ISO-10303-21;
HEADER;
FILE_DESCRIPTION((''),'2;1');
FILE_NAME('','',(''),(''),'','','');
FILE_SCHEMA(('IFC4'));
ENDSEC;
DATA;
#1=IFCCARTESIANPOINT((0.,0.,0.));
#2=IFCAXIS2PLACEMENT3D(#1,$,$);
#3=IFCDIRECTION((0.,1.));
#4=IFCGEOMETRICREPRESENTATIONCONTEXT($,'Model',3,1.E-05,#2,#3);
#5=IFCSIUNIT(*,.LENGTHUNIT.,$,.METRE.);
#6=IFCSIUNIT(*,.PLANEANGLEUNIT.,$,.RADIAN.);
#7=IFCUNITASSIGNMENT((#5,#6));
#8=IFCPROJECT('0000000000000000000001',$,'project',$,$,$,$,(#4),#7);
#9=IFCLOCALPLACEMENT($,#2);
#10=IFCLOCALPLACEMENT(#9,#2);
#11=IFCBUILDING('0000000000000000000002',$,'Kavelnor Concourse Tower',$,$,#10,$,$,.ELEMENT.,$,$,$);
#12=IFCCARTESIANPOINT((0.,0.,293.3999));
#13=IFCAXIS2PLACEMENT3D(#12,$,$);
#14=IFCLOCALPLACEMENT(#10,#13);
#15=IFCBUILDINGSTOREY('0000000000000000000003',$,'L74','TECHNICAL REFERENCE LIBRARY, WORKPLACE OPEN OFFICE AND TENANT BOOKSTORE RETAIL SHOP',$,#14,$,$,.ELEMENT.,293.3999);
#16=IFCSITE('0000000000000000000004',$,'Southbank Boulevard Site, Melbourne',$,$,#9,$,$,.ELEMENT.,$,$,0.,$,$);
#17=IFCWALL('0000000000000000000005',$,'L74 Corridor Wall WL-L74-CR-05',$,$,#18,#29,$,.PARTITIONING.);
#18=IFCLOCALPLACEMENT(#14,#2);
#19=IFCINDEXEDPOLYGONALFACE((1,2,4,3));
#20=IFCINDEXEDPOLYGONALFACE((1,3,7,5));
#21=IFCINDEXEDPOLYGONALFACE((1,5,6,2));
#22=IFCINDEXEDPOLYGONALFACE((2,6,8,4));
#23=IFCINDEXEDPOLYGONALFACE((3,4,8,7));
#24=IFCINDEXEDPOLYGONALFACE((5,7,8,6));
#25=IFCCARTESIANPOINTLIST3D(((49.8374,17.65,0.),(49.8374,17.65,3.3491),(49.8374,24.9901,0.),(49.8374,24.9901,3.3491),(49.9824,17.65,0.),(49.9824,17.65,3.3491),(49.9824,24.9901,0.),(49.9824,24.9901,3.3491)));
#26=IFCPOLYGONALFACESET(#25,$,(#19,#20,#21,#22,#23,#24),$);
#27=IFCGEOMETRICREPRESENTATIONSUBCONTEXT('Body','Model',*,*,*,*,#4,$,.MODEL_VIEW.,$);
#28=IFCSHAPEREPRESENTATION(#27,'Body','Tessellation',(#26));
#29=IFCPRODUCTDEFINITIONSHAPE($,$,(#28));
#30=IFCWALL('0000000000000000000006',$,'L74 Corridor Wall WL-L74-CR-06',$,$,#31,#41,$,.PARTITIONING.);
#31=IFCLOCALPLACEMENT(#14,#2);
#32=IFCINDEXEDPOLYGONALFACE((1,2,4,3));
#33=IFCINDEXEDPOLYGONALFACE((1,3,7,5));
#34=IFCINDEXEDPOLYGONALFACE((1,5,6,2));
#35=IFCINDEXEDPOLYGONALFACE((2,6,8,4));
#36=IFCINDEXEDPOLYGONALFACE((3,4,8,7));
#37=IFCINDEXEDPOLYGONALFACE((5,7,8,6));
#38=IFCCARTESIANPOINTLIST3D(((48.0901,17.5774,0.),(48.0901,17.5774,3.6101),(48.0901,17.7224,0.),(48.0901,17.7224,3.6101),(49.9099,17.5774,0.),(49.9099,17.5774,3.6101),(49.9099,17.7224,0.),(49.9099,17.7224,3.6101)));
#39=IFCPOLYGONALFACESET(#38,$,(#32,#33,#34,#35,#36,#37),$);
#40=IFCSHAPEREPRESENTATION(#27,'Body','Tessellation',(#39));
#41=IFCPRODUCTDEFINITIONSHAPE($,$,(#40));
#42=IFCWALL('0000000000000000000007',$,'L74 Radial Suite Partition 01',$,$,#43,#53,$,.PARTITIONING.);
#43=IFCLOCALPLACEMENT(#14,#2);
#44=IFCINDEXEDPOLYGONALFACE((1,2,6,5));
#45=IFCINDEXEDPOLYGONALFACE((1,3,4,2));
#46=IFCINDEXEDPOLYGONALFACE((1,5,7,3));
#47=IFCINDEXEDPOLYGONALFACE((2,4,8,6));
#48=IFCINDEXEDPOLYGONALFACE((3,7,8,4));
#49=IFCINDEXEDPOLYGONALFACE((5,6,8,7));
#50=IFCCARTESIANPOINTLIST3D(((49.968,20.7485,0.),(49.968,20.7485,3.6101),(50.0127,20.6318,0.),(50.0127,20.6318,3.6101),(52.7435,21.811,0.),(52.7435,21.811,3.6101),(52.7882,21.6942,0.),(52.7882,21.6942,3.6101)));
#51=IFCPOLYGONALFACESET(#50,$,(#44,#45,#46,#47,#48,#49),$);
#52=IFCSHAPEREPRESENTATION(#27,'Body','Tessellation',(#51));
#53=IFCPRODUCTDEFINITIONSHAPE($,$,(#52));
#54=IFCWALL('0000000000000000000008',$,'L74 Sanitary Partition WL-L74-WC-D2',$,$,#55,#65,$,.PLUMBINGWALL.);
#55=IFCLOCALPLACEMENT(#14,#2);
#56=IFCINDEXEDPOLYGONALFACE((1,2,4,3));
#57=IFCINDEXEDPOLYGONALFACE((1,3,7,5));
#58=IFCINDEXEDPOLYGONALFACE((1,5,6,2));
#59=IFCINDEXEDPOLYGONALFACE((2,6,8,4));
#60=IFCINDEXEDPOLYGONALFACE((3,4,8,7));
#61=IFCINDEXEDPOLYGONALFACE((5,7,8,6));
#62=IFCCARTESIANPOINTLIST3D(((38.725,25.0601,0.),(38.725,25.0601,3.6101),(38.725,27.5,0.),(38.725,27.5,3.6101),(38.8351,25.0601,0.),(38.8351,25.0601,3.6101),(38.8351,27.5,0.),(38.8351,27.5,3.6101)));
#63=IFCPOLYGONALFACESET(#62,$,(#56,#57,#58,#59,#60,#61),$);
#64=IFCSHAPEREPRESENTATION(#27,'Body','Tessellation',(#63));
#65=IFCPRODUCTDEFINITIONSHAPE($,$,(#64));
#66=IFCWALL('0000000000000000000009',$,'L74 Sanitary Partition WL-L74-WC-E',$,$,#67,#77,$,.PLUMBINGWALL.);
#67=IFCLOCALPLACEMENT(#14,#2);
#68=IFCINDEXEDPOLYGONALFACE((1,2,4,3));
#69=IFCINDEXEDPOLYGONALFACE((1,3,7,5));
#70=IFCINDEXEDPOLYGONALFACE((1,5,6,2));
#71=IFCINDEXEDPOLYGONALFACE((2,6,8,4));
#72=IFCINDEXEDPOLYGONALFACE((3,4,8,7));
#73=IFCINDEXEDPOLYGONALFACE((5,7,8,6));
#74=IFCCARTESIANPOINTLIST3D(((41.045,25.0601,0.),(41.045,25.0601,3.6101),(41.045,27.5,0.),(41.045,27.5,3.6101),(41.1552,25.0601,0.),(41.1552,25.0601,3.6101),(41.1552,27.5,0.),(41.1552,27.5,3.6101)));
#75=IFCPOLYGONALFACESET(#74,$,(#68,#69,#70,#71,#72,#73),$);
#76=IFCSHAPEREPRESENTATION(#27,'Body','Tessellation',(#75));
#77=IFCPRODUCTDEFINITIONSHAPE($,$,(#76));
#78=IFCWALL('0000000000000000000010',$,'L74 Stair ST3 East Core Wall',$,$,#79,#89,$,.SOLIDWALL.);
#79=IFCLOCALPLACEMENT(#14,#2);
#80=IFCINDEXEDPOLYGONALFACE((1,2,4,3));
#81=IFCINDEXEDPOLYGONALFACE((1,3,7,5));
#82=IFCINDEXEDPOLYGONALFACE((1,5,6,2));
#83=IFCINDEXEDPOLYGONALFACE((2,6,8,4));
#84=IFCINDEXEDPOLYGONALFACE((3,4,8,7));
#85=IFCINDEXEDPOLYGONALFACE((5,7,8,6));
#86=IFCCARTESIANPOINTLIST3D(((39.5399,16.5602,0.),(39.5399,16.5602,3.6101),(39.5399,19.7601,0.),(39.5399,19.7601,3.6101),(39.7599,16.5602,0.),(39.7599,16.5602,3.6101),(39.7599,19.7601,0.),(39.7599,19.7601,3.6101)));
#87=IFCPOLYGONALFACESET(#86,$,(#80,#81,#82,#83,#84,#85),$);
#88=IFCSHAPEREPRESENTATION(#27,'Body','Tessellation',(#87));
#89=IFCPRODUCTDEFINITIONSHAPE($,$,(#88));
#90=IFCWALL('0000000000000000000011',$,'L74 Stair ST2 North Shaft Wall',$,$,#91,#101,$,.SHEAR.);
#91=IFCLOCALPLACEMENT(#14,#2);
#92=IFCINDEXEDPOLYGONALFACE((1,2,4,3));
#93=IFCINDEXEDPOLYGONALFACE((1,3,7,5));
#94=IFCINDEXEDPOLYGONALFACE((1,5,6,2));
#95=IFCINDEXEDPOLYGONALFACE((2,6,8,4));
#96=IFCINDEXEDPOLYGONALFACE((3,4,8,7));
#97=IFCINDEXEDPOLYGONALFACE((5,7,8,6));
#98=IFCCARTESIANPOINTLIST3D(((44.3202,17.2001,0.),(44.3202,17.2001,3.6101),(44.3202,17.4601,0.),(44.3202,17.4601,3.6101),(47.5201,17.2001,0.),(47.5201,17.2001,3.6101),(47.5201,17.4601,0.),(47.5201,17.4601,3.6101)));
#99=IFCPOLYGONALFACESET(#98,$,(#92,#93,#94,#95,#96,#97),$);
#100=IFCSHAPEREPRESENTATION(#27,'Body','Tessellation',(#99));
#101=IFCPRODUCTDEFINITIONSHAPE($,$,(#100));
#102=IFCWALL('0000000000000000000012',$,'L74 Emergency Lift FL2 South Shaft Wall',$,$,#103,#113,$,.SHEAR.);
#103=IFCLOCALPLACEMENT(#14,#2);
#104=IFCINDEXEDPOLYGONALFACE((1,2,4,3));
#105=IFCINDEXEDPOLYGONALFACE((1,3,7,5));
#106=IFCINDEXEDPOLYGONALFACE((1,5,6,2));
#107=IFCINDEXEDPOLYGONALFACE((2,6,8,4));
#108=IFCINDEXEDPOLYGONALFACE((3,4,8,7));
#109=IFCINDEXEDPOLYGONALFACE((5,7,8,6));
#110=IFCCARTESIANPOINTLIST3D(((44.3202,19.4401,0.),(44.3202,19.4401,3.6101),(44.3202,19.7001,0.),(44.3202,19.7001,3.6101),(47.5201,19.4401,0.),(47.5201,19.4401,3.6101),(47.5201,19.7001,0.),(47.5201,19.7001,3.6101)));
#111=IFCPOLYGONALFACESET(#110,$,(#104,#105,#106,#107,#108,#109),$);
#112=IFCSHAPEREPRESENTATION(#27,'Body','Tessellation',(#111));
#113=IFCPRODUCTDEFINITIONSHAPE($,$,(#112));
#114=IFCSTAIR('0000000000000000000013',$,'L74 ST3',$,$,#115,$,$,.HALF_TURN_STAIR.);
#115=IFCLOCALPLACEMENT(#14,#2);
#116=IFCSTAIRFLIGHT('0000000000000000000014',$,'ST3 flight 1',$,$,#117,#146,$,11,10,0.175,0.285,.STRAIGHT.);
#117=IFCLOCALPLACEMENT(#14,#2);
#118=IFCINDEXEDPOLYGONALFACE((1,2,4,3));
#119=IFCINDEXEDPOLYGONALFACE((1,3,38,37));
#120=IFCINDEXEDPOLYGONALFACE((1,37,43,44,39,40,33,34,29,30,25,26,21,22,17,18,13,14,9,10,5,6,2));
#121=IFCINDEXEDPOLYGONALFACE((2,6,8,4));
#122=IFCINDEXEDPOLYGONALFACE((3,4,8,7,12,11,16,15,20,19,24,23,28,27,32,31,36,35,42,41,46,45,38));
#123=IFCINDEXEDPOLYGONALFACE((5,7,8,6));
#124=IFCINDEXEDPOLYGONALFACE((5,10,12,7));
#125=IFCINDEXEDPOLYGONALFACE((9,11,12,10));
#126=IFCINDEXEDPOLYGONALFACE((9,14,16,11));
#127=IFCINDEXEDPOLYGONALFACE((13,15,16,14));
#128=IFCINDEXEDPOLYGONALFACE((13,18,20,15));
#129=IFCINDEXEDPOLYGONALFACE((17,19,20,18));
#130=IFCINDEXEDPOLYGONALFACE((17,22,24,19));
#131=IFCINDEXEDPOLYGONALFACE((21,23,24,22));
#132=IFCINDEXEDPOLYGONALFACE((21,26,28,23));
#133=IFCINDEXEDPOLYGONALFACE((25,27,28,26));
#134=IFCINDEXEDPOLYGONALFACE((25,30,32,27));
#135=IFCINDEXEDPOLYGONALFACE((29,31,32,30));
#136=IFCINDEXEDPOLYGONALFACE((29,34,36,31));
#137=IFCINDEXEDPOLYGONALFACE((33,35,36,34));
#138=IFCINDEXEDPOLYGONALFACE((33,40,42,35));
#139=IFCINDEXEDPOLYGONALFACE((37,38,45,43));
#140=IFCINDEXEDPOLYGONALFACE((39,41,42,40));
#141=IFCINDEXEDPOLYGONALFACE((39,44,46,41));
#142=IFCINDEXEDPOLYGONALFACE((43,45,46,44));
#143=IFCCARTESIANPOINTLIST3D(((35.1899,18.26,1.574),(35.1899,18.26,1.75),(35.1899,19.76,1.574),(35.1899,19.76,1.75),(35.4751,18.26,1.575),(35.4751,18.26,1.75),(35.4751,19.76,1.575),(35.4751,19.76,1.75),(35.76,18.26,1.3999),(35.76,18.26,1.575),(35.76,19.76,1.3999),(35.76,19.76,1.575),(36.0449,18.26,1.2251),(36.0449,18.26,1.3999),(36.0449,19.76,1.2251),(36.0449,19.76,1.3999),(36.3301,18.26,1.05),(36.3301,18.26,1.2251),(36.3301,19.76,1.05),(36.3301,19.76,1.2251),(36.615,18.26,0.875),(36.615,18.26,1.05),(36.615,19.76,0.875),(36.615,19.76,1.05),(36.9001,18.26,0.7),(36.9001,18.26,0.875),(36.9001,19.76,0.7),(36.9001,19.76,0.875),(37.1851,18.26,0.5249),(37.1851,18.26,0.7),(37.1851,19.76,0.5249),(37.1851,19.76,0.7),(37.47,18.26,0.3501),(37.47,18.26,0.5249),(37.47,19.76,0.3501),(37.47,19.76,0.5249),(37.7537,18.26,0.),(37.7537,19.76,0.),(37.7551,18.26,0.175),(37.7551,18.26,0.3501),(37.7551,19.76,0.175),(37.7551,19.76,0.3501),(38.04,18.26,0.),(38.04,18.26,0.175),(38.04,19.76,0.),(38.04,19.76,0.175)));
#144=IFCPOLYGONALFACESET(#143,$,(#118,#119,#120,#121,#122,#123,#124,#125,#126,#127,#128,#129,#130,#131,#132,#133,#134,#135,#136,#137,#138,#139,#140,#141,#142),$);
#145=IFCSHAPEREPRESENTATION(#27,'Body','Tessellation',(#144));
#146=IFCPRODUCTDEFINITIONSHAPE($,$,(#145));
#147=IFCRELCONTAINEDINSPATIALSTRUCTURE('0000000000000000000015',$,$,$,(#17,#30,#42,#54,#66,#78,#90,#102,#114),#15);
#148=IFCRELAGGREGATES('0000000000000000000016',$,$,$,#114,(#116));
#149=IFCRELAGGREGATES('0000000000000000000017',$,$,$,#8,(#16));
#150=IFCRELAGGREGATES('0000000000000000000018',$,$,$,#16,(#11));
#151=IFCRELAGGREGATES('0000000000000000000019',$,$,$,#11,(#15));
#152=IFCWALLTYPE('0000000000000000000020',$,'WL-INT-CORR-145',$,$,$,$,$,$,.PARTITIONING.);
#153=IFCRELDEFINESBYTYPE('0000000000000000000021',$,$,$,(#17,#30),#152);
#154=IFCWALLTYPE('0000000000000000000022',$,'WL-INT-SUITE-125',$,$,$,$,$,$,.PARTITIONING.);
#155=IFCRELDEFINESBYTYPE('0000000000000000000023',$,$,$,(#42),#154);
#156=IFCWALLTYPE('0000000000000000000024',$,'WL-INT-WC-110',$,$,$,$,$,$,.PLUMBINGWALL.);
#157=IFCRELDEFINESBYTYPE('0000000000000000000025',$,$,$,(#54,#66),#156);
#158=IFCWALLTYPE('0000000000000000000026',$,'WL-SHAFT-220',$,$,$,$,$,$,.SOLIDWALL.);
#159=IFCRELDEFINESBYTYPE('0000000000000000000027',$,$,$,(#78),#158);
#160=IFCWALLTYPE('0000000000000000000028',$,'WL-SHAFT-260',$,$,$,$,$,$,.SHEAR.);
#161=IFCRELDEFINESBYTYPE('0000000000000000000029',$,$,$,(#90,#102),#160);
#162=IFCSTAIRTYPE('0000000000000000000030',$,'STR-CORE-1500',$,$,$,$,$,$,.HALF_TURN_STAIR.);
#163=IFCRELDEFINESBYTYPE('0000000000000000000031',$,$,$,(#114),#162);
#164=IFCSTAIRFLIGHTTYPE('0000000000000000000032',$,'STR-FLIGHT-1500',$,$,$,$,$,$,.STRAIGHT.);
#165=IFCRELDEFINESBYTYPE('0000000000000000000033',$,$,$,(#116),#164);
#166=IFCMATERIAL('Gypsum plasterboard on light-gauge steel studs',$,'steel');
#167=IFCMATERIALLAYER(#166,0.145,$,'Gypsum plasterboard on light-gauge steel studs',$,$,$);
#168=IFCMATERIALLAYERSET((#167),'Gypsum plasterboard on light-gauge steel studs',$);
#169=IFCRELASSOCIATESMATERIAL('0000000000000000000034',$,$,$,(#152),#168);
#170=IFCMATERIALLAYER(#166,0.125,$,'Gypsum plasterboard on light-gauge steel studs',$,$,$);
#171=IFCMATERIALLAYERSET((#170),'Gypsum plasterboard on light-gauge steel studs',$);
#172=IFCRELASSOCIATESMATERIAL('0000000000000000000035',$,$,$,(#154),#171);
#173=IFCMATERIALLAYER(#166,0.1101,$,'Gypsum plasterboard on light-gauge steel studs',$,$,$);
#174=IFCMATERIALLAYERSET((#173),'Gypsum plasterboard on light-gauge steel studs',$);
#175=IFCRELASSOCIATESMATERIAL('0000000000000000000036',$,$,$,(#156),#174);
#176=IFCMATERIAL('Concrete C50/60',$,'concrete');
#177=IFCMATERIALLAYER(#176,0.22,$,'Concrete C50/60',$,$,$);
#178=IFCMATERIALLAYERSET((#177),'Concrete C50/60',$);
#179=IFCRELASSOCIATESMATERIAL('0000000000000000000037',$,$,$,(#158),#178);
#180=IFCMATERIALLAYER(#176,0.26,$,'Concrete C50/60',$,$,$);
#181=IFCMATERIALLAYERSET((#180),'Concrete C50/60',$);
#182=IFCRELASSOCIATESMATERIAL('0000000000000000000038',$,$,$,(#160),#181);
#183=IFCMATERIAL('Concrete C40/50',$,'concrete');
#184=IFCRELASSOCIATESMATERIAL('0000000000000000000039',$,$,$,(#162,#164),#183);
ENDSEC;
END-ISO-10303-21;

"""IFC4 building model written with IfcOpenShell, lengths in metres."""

from ifc_helpers import new_model, si_unit, direction, frame, frame_2d, origin, place, context, subcontext, project, spatial, polyline, rectangle, outline, extrude, material, layer, layer_set, type_object, element, aggregate, save


model = new_model("IFC4")

# Units and contexts
model_context = context("Model", 3, precision=1e-05, world=origin(), true_north=direction((0.0, 1.0)))
body_context = subcontext(model_context, "Body", "Model", "MODEL_VIEW")
ifc_project = project(units=[si_unit("LENGTHUNIT", "METRE"), si_unit("PLANEANGLEUNIT", "RADIAN")], contexts=[model_context])

# Site, building, storey
site_placement = place(None, origin())
site = spatial("IfcSite", under=ifc_project, at=site_placement, Name="Southbank Boulevard Site, Melbourne", CompositionType="ELEMENT", RefElevation=0.0)
building_placement = place(site_placement, origin())
building = spatial("IfcBuilding", under=site, at=building_placement, Name="Kavelnor Concourse Tower", CompositionType="ELEMENT")
storey_placement = place(building_placement, frame((0.0, 0.0, 293.3999)))
storey = spatial("IfcBuildingStorey", under=building, at=storey_placement, Name="L74", Description="TECHNICAL REFERENCE LIBRARY, WORKPLACE OPEN OFFICE AND TENANT BOOKSTORE RETAIL SHOP", CompositionType="ELEMENT", Elevation=293.3999)

# Shared definitions
ifc_material_1 = material(Name="Gypsum plasterboard on light-gauge steel studs", Category="steel")
ifc_layer_1 = layer(ifc_material_1, 0.145, Name="Gypsum plasterboard on light-gauge steel studs")
ifc_layer_set_1 = layer_set([ifc_layer_1], Name="Gypsum plasterboard on light-gauge steel studs")
wall_type_1 = type_object("IfcWallType", Name="WL-INT-CORR-145", PredefinedType="PARTITIONING", material=ifc_layer_set_1)

# Walls
wall_1_placement = place(storey_placement, frame((49.9099, 24.99, 0.0), z_axis=(0.0, 0.0, 1.0), x_axis=(0.0, -1.0, 0.0)))
element("IfcWall", 1, at=wall_1_placement, inside=storey, type_object=wall_type_1, Name="L74 Corridor Wall WL-L74-CR-05", PredefinedType="PARTITIONING", context=body_context, shape_type="SweptSolid", body=[
    extrude(rectangle(XDim=7.3401, YDim=0.145, at=frame_2d((3.6699, 0.0))), origin(), (0.0, 0.0, 1.0), 3.3491),
])
wall_2_placement = place(storey_placement, frame((49.9099, 17.6499, 0.0), z_axis=(0.0, 0.0, 1.0), x_axis=(-1.0, 0.0, 0.0)))
element("IfcWall", 2, at=wall_2_placement, inside=storey, type_object=wall_type_1, Name="L74 Corridor Wall WL-L74-CR-06", PredefinedType="PARTITIONING", context=body_context, shape_type="SweptSolid", body=[
    extrude(rectangle(XDim=1.8198, YDim=0.145, at=frame_2d((0.9099, 0.0))), origin(), (0.0, 0.0, 1.0), 3.6101),
])
ifc_layer_2 = layer(ifc_material_1, 0.125, Name="Gypsum plasterboard on light-gauge steel studs")
ifc_layer_set_2 = layer_set([ifc_layer_2], Name="Gypsum plasterboard on light-gauge steel studs")
wall_type_2 = type_object("IfcWallType", Name="WL-INT-SUITE-125", PredefinedType="PARTITIONING", material=ifc_layer_set_2)
wall_3_placement = place(storey_placement, frame((49.9905, 20.6902, 0.0), z_axis=(0.0, 0.0, 1.0), x_axis=(0.933914, 0.357498, 0.0)))
element("IfcWall", 3, at=wall_3_placement, inside=storey, type_object=wall_type_2, Name="L74 Radial Suite Partition 01", PredefinedType="PARTITIONING", context=body_context, shape_type="SweptSolid", body=[
    extrude(rectangle(XDim=2.9719, YDim=0.125, at=frame_2d((1.4858, 0.0))), origin(), (0.0, 0.0, 1.0), 3.6101),
])
ifc_layer_3 = layer(ifc_material_1, 0.1101, Name="Gypsum plasterboard on light-gauge steel studs")
ifc_layer_set_3 = layer_set([ifc_layer_3], Name="Gypsum plasterboard on light-gauge steel studs")
wall_type_3 = type_object("IfcWallType", Name="WL-INT-WC-110", PredefinedType="PLUMBINGWALL", material=ifc_layer_set_3)
for number, where, z_axis, x_axis, name in (
    (4, (38.78, 25.0601, 0.0), (0.0, 0.0, 1.0), (0.0, 1.0, 0.0), "L74 Sanitary Partition WL-L74-WC-D2"),
    (5, (41.1001, 25.0601, 0.0), (0.0, 0.0, 1.0), (0.0, 1.0, 0.0), "L74 Sanitary Partition WL-L74-WC-E"),
):
    element("IfcWall", number, at=place(storey_placement, frame(where, z_axis=z_axis, x_axis=x_axis)), inside=storey, type_object=wall_type_3, Name=name, PredefinedType="PLUMBINGWALL", context=body_context, shape_type="SweptSolid", body=[
        extrude(rectangle(XDim=2.4399, YDim=0.1101, at=frame_2d((1.22, 0.0))), origin(), (0.0, 0.0, 1.0), 3.6101),
    ])
ifc_material_2 = material(Name="Concrete C50/60", Category="concrete")
ifc_layer_4 = layer(ifc_material_2, 0.22, Name="Concrete C50/60")
ifc_layer_set_4 = layer_set([ifc_layer_4], Name="Concrete C50/60")
wall_type_4 = type_object("IfcWallType", Name="WL-SHAFT-220", PredefinedType="SOLIDWALL", material=ifc_layer_set_4)
wall_4_placement = place(storey_placement, frame((39.6499, 16.5601, 0.0), z_axis=(0.0, 0.0, 1.0), x_axis=(0.0, 1.0, 0.0)))
element("IfcWall", 6, at=wall_4_placement, inside=storey, type_object=wall_type_4, Name="L74 Stair ST3 East Core Wall", PredefinedType="SOLIDWALL", context=body_context, shape_type="SweptSolid", body=[
    extrude(rectangle(XDim=3.2, YDim=0.22, at=frame_2d((1.6001, 0.0))), origin(), (0.0, 0.0, 1.0), 3.6101),
])
ifc_layer_5 = layer(ifc_material_2, 0.26, Name="Concrete C50/60")
ifc_layer_set_5 = layer_set([ifc_layer_5], Name="Concrete C50/60")
wall_type_5 = type_object("IfcWallType", Name="WL-SHAFT-260", PredefinedType="SHEAR", material=ifc_layer_set_5)
for number, where, z_axis, x_axis, name in (
    (7, (44.3201, 17.3301, 0.0), (0.0, 0.0, 1.0), (1.0, 0.0, 0.0), "L74 Stair ST2 North Shaft Wall"),
    (8, (44.3201, 19.5701, 0.0), (0.0, 0.0, 1.0), (1.0, 0.0, 0.0), "L74 Emergency Lift FL2 South Shaft Wall"),
):
    element("IfcWall", number, at=place(storey_placement, frame(where, z_axis=z_axis, x_axis=x_axis)), inside=storey, type_object=wall_type_5, Name=name, PredefinedType="SHEAR", context=body_context, shape_type="SweptSolid", body=[
        extrude(rectangle(XDim=3.2, YDim=0.26, at=frame_2d((1.6001, 0.0))), origin(), (0.0, 0.0, 1.0), 3.6101),
    ])

# Stair, stair flight
ifc_material_3 = material(Name="Concrete C40/50", Category="concrete")
stair_type = type_object("IfcStairType", Name="STR-CORE-1500", PredefinedType="HALF_TURN_STAIR", material=ifc_material_3)
stair_placement = place(storey_placement, origin())
stair = element("IfcStair", 9, at=stair_placement, inside=storey, type_object=stair_type, Name="L74 ST3", PredefinedType="HALF_TURN_STAIR")
stair_flight_type = type_object("IfcStairFlightType", Name="STR-FLIGHT-1500", PredefinedType="STRAIGHT", material=ifc_material_3)
stair_flight_placement = place(storey_placement, frame((38.04, 19.01, 0.0), z_axis=(0.0, 0.0, 1.0), x_axis=(-1.0, 0.0, 0.0)))
stair_flight = element("IfcStairFlight", 10, at=stair_flight_placement, type_object=stair_flight_type, Name="ST3 flight 1", NumberOfRisers=11, NumberOfTreads=10, PredefinedType="STRAIGHT", RiserHeight=0.175, TreadLength=0.285, context=body_context, shape_type="SweptSolid", body=[
    extrude(outline(polyline([(0.0, 0.0), (0.0, 0.175), (0.2849, 0.175), (0.2849, 0.3501), (0.5701, 0.3501), (0.5701, 0.5249), (0.855, 0.5249), (0.855, 0.7), (1.1399, 0.7), (1.1399, 0.875), (1.425, 0.875), (1.425, 1.05), (1.71, 1.05), (1.71, 1.2251), (1.9951, 1.2251), (1.9951, 1.3999), (2.28, 1.3999), (2.28, 1.575), (2.5649, 1.575), (2.5649, 1.75), (2.8501, 1.75), (2.8501, 1.925), (2.8501, 1.574), (0.2864, 0.0), (0.0, 0.0)])), frame((0.0, 0.75, 0.0), z_axis=(0.0, -1.0, 0.0), x_axis=(1.0, 0.0, 0.0)), (0.0, 0.0, 1.0), 1.5),
])
aggregate(stair, [stair_flight])

save(model, "model.ifc")
